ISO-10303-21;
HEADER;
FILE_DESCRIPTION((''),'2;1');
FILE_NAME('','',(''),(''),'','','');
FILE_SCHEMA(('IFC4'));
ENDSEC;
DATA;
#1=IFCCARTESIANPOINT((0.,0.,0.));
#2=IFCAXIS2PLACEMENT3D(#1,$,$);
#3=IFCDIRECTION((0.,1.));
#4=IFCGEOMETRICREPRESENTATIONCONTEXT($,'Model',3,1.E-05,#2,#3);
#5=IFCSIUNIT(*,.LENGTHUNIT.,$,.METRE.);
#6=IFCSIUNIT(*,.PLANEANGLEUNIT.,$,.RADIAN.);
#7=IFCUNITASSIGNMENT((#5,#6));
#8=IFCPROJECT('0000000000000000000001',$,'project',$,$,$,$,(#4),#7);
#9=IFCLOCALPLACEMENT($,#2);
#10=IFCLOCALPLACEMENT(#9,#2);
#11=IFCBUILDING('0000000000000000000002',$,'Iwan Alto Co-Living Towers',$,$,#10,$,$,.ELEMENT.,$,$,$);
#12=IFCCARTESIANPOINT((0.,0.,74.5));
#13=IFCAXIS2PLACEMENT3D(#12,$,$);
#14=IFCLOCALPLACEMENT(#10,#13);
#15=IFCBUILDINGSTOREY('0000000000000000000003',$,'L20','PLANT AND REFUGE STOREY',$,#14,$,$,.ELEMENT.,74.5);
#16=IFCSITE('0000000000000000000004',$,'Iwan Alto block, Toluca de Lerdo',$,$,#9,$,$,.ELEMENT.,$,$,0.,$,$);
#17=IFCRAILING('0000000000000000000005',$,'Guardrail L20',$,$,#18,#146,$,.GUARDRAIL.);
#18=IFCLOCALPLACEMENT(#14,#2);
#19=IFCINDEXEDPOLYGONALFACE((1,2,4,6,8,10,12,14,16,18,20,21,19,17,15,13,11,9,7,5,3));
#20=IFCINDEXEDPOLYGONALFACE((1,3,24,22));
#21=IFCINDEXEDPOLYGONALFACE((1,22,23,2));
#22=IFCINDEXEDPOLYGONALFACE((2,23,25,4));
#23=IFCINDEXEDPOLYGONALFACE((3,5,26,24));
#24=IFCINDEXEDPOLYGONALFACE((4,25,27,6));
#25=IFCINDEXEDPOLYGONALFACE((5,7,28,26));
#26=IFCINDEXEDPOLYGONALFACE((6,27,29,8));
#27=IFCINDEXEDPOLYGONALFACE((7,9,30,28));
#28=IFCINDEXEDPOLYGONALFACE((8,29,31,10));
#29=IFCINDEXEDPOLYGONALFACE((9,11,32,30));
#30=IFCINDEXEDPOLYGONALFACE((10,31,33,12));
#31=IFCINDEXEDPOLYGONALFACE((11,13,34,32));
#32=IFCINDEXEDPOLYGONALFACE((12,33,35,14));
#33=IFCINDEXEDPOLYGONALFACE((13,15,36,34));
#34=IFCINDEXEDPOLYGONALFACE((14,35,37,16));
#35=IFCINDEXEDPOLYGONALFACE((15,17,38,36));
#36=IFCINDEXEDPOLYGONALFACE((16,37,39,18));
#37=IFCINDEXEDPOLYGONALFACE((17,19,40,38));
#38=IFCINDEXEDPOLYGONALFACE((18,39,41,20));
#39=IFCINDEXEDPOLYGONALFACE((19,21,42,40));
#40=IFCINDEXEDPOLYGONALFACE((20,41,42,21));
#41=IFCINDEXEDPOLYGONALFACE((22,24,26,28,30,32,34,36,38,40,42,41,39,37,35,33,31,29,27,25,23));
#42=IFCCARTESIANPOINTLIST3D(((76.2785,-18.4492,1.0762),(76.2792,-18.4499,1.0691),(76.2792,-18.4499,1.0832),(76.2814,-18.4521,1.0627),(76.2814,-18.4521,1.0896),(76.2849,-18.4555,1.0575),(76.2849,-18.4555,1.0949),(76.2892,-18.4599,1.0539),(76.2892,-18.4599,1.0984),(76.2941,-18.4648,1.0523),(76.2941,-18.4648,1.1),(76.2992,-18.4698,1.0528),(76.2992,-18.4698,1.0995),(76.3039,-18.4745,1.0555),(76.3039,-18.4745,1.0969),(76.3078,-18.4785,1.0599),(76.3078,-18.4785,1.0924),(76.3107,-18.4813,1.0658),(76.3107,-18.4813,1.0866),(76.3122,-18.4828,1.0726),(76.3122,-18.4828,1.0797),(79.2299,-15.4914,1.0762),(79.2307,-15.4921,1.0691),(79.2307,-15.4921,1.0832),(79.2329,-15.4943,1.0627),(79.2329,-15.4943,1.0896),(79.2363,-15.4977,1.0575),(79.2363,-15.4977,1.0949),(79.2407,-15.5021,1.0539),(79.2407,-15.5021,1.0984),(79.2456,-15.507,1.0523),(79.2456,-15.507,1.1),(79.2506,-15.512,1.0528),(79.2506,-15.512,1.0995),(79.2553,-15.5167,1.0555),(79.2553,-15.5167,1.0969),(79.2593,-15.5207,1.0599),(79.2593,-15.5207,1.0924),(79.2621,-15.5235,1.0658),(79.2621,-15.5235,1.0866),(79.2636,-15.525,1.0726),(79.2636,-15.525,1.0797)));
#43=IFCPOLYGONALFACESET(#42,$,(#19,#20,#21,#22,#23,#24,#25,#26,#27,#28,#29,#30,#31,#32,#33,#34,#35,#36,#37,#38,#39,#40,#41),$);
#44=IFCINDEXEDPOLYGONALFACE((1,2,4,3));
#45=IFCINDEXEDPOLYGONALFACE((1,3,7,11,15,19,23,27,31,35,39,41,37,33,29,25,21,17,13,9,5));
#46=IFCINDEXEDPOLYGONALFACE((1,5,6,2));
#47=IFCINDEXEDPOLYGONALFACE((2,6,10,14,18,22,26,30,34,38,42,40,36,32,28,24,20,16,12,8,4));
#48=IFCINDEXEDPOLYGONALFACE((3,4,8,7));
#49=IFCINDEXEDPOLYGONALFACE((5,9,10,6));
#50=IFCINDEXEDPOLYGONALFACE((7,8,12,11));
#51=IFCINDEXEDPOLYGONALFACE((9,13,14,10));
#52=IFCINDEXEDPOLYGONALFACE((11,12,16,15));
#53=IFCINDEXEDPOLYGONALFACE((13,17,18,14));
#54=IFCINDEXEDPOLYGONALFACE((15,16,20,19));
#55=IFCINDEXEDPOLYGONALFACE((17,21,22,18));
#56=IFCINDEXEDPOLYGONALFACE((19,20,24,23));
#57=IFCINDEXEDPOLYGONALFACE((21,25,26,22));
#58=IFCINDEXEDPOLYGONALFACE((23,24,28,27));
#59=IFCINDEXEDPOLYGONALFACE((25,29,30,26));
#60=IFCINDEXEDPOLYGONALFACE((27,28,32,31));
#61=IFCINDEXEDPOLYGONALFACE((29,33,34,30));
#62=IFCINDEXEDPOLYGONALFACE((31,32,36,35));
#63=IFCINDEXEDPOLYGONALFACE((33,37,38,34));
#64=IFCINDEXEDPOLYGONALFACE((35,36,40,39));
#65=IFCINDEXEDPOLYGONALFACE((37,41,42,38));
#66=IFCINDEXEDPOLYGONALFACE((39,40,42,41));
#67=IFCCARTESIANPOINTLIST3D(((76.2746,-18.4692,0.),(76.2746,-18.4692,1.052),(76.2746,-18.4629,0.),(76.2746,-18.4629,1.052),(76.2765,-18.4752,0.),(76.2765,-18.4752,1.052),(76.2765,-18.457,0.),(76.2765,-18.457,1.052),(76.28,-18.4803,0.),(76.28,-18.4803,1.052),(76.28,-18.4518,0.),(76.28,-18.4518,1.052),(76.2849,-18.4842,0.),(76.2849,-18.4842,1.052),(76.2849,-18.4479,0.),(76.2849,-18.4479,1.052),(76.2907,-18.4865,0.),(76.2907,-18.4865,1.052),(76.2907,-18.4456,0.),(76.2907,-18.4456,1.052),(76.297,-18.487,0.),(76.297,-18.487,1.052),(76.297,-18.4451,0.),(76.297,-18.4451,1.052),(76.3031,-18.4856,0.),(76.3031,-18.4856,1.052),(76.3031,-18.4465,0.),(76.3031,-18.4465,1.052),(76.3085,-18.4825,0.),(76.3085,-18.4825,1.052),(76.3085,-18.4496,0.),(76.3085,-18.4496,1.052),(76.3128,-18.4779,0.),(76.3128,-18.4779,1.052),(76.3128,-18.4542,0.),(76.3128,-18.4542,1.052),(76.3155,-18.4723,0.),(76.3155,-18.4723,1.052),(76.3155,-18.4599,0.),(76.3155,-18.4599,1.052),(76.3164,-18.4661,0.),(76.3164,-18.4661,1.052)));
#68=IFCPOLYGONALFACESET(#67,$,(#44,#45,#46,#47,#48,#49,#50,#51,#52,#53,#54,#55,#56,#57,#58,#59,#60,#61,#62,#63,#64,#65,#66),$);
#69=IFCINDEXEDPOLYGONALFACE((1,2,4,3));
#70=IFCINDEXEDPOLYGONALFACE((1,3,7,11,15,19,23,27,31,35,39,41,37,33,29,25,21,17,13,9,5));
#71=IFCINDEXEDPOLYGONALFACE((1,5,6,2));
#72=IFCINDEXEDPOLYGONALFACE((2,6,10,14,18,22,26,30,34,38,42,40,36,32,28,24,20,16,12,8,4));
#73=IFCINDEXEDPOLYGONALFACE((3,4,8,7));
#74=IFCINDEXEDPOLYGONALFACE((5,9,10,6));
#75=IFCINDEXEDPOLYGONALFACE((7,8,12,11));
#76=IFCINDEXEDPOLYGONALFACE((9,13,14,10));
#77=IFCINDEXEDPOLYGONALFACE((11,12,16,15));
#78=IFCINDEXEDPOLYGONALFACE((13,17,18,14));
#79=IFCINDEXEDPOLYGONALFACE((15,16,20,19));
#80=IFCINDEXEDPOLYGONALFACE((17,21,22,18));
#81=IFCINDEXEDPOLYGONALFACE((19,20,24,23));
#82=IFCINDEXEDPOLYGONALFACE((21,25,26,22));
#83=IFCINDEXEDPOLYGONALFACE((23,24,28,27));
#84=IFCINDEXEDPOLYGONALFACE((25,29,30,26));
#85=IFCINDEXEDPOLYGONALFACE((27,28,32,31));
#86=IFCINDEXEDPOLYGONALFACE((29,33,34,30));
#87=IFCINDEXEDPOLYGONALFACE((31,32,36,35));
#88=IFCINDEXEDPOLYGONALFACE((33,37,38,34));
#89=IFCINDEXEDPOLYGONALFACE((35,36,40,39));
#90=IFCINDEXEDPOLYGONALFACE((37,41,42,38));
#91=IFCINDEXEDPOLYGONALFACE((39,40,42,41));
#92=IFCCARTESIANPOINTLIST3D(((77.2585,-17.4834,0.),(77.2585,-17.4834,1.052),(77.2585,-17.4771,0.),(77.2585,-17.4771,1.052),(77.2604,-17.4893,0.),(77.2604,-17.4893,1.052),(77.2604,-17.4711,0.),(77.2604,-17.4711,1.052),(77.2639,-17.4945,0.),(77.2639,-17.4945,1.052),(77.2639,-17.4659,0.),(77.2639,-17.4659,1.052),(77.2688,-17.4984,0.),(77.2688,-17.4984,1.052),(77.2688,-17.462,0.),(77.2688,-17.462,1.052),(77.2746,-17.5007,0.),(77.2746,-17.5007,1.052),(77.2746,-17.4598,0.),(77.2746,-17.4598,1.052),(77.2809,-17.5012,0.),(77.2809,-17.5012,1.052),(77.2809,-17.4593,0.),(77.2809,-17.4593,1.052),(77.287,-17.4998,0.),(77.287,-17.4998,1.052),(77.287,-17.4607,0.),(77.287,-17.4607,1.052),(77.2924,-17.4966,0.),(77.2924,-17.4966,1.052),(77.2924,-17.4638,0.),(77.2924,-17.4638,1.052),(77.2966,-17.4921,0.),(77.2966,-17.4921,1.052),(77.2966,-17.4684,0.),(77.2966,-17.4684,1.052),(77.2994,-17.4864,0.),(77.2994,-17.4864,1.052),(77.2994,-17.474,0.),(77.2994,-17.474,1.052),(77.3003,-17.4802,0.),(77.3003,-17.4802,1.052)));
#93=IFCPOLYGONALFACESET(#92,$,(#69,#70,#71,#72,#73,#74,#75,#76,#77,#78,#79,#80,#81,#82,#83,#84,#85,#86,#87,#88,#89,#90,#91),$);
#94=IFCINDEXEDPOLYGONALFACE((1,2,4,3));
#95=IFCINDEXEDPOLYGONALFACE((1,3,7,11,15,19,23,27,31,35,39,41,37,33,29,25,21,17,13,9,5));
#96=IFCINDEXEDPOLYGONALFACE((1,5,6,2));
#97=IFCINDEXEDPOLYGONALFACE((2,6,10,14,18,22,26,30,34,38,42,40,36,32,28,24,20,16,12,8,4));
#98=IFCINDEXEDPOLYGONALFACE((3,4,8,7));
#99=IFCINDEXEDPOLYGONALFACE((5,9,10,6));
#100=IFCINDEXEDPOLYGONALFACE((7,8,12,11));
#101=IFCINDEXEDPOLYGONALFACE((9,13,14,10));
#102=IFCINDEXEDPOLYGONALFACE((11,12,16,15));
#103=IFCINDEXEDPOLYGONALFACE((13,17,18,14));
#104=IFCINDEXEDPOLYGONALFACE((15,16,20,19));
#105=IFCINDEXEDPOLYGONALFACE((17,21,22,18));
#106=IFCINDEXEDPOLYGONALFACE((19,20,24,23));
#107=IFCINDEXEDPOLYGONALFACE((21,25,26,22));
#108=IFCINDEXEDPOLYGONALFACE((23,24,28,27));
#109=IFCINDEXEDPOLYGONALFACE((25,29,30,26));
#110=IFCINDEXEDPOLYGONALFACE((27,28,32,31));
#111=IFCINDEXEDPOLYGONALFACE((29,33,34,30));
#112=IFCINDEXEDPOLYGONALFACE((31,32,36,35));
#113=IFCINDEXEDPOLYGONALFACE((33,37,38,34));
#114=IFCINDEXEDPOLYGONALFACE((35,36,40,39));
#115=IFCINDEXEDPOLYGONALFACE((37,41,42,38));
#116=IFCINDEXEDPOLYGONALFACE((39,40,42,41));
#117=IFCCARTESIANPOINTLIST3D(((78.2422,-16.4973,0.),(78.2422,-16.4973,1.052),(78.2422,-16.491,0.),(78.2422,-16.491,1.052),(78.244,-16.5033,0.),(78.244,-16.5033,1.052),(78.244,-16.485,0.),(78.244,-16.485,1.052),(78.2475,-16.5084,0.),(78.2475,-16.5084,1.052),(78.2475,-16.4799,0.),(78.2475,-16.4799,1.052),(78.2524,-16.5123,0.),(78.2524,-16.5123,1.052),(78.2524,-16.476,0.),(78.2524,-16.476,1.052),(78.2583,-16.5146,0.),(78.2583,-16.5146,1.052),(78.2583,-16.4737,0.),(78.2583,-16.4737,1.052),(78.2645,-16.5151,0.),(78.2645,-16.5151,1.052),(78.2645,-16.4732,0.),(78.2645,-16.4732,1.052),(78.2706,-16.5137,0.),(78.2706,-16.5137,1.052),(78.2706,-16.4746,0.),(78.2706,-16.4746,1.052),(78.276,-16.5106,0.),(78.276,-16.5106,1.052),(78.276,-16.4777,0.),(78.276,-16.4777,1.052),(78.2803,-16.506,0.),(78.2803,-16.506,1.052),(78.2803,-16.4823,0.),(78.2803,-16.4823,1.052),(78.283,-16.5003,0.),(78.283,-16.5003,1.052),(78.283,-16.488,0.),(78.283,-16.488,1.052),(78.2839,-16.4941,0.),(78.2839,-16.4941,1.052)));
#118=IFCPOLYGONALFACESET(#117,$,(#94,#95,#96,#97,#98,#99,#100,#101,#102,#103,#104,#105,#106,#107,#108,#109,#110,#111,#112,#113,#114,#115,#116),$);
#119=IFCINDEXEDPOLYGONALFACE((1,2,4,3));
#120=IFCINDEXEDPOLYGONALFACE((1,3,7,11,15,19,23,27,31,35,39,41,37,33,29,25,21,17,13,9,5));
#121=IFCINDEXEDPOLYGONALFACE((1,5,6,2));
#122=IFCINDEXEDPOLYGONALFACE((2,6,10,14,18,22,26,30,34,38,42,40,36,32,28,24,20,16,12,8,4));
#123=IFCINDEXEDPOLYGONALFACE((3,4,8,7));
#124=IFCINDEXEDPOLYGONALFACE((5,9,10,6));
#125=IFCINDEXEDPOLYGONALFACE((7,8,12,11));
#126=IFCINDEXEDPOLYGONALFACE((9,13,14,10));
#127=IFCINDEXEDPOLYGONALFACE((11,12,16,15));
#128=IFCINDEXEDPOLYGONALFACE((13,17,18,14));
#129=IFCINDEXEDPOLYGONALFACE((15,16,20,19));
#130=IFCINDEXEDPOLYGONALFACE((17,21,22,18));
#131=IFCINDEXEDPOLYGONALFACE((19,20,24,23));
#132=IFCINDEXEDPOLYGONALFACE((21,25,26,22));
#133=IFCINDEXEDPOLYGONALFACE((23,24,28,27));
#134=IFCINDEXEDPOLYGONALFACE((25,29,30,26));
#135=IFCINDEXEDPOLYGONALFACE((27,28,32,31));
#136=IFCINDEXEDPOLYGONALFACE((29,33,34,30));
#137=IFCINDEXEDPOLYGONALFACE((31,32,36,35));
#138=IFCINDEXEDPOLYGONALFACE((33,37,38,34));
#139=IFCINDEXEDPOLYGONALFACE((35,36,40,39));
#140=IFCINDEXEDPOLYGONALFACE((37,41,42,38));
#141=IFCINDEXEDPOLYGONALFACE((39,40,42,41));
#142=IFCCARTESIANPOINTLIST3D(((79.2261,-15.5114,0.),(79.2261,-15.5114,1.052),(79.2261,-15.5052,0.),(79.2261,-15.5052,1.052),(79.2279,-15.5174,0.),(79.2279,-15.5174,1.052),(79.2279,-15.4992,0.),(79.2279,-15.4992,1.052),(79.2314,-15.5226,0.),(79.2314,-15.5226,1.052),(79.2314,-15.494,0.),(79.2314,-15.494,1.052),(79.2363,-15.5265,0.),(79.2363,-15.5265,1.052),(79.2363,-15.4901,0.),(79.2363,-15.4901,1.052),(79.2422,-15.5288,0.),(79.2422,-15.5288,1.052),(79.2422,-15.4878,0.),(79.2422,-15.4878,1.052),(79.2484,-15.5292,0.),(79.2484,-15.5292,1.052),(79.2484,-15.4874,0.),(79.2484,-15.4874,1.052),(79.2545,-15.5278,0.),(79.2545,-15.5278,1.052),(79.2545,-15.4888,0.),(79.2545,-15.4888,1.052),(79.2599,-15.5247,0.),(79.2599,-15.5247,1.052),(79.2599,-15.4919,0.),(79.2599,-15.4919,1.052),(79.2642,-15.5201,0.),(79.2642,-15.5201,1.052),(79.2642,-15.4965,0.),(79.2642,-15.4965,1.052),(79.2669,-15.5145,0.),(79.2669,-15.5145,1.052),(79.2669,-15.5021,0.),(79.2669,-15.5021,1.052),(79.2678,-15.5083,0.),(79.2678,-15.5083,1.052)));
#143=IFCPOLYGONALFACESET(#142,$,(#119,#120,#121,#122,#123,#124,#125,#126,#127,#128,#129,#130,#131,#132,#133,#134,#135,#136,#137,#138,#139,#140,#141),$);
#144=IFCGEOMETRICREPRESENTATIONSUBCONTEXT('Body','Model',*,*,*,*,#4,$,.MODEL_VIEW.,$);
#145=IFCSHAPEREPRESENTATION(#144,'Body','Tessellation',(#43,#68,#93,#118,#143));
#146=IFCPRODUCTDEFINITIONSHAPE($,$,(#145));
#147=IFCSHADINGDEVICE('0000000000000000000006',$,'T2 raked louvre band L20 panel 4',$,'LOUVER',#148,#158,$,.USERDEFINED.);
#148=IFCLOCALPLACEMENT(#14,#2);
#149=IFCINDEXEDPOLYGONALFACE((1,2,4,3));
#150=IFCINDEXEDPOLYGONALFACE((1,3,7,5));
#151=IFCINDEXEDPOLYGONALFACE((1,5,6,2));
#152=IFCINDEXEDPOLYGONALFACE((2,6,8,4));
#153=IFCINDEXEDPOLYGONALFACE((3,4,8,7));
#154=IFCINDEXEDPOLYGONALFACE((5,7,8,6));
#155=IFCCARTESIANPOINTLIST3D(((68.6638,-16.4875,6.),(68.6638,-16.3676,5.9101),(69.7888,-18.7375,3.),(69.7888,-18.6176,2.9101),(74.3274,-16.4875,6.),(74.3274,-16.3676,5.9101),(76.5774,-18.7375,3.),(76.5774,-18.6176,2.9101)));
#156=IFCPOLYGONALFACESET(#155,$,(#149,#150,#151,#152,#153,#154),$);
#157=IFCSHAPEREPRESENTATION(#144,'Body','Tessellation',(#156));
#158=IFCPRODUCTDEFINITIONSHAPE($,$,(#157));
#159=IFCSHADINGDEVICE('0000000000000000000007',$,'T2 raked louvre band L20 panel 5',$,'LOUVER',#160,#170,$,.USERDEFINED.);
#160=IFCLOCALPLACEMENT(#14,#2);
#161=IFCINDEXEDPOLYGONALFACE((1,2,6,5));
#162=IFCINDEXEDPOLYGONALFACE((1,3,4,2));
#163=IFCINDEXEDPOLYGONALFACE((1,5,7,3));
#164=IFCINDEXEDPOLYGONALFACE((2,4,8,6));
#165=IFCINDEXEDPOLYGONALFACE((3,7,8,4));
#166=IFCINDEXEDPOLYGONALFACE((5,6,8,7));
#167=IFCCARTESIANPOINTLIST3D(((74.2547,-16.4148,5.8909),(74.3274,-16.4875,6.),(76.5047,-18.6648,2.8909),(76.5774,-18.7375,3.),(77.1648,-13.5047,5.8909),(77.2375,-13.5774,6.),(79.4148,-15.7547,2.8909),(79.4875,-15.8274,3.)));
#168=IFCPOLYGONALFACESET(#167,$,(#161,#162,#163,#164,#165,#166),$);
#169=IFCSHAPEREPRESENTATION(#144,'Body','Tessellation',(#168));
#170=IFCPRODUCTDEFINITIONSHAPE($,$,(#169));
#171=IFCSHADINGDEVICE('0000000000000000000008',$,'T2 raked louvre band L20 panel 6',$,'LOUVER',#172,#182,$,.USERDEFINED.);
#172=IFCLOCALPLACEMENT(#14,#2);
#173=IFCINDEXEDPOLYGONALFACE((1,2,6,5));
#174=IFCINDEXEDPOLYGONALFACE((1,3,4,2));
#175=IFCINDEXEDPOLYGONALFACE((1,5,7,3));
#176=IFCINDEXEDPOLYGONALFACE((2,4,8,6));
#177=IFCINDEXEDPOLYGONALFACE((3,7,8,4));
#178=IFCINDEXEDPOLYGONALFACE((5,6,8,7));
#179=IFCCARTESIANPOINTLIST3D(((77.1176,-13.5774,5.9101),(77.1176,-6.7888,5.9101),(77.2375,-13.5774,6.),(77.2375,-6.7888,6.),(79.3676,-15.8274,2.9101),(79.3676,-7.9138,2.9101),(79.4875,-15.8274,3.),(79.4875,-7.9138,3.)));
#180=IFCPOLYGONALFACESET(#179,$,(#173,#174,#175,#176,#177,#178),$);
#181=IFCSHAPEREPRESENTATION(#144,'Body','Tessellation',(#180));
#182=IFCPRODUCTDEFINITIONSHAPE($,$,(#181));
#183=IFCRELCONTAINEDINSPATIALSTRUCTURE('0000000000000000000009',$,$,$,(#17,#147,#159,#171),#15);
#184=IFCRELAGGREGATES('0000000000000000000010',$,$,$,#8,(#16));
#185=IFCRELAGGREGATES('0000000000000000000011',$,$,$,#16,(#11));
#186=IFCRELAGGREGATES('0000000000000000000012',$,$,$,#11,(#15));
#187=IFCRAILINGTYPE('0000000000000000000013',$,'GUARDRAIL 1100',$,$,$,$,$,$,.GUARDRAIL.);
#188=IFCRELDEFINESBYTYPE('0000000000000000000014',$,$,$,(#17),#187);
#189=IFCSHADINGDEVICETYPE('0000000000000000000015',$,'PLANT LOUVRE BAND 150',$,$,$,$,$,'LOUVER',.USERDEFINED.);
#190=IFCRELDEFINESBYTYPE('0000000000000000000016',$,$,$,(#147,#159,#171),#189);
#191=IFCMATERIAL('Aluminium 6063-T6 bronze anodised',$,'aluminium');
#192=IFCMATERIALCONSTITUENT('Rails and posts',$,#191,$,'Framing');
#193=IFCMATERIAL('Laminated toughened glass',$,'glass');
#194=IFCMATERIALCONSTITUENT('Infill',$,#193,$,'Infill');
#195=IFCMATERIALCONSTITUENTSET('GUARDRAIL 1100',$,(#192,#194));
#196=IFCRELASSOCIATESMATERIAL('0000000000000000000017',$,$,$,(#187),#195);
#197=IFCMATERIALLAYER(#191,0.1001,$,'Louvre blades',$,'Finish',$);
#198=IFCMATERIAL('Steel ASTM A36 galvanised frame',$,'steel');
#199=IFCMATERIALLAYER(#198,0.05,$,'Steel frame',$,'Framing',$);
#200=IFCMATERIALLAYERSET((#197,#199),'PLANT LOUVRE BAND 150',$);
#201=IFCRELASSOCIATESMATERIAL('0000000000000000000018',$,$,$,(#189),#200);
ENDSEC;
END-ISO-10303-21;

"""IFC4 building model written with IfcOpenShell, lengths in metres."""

from ifc_helpers import new_model, si_unit, direction, frame, origin, origin_2d, place, context, subcontext, project, spatial, polyline, circle, outline, extrude, material, layer, layer_set, constituent, constituent_set, type_object, element, save


model = new_model("IFC4")

# Units and contexts
model_context = context("Model", 3, precision=1e-05, world=origin(), true_north=direction((0.0, 1.0)))
body_context = subcontext(model_context, "Body", "Model", "MODEL_VIEW")
ifc_project = project(units=[si_unit("LENGTHUNIT", "METRE"), si_unit("PLANEANGLEUNIT", "RADIAN")], contexts=[model_context])

# Site, building, storey
site_placement = place(None, origin())
site = spatial("IfcSite", under=ifc_project, at=site_placement, Name="Iwan Alto block, Toluca de Lerdo", CompositionType="ELEMENT", RefElevation=0.0)
building_placement = place(site_placement, origin())
building = spatial("IfcBuilding", under=site, at=building_placement, Name="Iwan Alto Co-Living Towers", CompositionType="ELEMENT")
storey_placement = place(building_placement, frame((0.0, 0.0, 74.5)))
storey = spatial("IfcBuildingStorey", under=building, at=storey_placement, Name="L20", Description="PLANT AND REFUGE STOREY", CompositionType="ELEMENT", Elevation=74.5)

# Shared definitions
ifc_material_1 = material(Name="Aluminium 6063-T6 bronze anodised", Category="aluminium")

# Railing
ifc_constituent_1 = constituent(ifc_material_1, Name="Rails and posts", Category="Framing")
ifc_material_2 = material(Name="Laminated toughened glass", Category="glass")
ifc_constituent_2 = constituent(ifc_material_2, Name="Infill", Category="Infill")
ifc_constituent_set = constituent_set(constituents=[ifc_constituent_1, ifc_constituent_2], Name="GUARDRAIL 1100")
railing_type = type_object("IfcRailingType", Name="GUARDRAIL 1100", PredefinedType="GUARDRAIL", material=ifc_constituent_set)
railing_placement = place(storey_placement, frame((76.2954, -18.4661, 0.0)))
element("IfcRailing", 1, at=railing_placement, inside=storey, type_object=railing_type, Name="Guardrail L20", PredefinedType="GUARDRAIL", context=body_context, shape_type="SweptSolid", body=[
    extrude(circle(Radius=0.0239, at=origin_2d()), frame((0.0, 0.0, 1.0762), z_axis=(0.706347, 0.707866, 0.0), x_axis=(-0.707866, 0.706347, 0.0)), (0.0, 0.0, 1.0), 4.1785),
    extrude(circle(Radius=0.021, at=origin_2d()), origin(), (0.0, 0.0, 1.0), 1.052),
    extrude(circle(Radius=0.021, at=origin_2d()), frame((0.9839, 0.9858, 0.0)), (0.0, 0.0, 1.0), 1.052),
    extrude(circle(Radius=0.021, at=origin_2d()), frame((1.9675, 1.9719, 0.0)), (0.0, 0.0, 1.0), 1.052),
    extrude(circle(Radius=0.021, at=origin_2d()), frame((2.9514, 2.9578, 0.0)), (0.0, 0.0, 1.0), 1.052),
])

# Shading devices
ifc_layer_1 = layer(ifc_material_1, 0.1001, Name="Louvre blades", Category="Finish")
ifc_material_3 = material(Name="Steel ASTM A36 galvanised frame", Category="steel")
ifc_layer_2 = layer(ifc_material_3, 0.05, Name="Steel frame", Category="Framing")
ifc_layer_set_1 = layer_set([ifc_layer_1, ifc_layer_2], Name="PLANT LOUVRE BAND 150")
shading_device_type_1 = type_object("IfcShadingDeviceType", Name="PLANT LOUVRE BAND 150", ElementType="LOUVER", PredefinedType="USERDEFINED", material=ifc_layer_set_1)
shading_device_1_placement = place(storey_placement, frame((69.7888, -18.7375, 3.0), z_axis=(0.0, -0.8, 0.6), x_axis=(1.0, 0.0, 0.0)))
element("IfcShadingDevice", 2, at=shading_device_1_placement, inside=storey, type_object=shading_device_type_1, Name="T2 raked louvre band L20 panel 4", ObjectType="LOUVER", PredefinedType="USERDEFINED", context=body_context, shape_type="SweptSolid", body=[
    extrude(outline(polyline([(0.0, 0.0), (6.7886, 0.0), (4.5386, 3.75), (-1.125, 3.75), (0.0, 0.0)])), origin(), (0.0, 0.0, -1.0), 0.1499),
])
shading_device_2_placement = place(storey_placement, frame((76.5774, -18.7375, 3.0), z_axis=(0.485071, -0.485071, 0.727607), x_axis=(0.707107, 0.707107, 0.0)))
element("IfcShadingDevice", 3, at=shading_device_2_placement, inside=storey, type_object=shading_device_type_1, Name="T2 raked louvre band L20 panel 5", ObjectType="LOUVER", PredefinedType="USERDEFINED", context=body_context, shape_type="SweptSolid", body=[
    extrude(outline(polyline([(0.0, 0.0), (4.1156, 0.0), (4.1156, 4.3732), (0.0, 4.3732), (0.0, 0.0)])), origin(), (0.0, 0.0, -1.0), 0.1499),
])
shading_device_3_placement = place(storey_placement, frame((79.4875, -15.8274, 3.0), z_axis=(0.8, 0.0, 0.6), x_axis=(0.0, 1.0, 0.0)))
element("IfcShadingDevice", 4, at=shading_device_3_placement, inside=storey, type_object=shading_device_type_1, Name="T2 raked louvre band L20 panel 6", ObjectType="LOUVER", PredefinedType="USERDEFINED", context=body_context, shape_type="SweptSolid", body=[
    extrude(outline(polyline([(0.0, 0.0), (7.9136, 0.0), (9.0386, 3.75), (2.25, 3.75), (0.0, 0.0)])), origin(), (0.0, 0.0, -1.0), 0.1499),
])

save(model, "model.ifc")
